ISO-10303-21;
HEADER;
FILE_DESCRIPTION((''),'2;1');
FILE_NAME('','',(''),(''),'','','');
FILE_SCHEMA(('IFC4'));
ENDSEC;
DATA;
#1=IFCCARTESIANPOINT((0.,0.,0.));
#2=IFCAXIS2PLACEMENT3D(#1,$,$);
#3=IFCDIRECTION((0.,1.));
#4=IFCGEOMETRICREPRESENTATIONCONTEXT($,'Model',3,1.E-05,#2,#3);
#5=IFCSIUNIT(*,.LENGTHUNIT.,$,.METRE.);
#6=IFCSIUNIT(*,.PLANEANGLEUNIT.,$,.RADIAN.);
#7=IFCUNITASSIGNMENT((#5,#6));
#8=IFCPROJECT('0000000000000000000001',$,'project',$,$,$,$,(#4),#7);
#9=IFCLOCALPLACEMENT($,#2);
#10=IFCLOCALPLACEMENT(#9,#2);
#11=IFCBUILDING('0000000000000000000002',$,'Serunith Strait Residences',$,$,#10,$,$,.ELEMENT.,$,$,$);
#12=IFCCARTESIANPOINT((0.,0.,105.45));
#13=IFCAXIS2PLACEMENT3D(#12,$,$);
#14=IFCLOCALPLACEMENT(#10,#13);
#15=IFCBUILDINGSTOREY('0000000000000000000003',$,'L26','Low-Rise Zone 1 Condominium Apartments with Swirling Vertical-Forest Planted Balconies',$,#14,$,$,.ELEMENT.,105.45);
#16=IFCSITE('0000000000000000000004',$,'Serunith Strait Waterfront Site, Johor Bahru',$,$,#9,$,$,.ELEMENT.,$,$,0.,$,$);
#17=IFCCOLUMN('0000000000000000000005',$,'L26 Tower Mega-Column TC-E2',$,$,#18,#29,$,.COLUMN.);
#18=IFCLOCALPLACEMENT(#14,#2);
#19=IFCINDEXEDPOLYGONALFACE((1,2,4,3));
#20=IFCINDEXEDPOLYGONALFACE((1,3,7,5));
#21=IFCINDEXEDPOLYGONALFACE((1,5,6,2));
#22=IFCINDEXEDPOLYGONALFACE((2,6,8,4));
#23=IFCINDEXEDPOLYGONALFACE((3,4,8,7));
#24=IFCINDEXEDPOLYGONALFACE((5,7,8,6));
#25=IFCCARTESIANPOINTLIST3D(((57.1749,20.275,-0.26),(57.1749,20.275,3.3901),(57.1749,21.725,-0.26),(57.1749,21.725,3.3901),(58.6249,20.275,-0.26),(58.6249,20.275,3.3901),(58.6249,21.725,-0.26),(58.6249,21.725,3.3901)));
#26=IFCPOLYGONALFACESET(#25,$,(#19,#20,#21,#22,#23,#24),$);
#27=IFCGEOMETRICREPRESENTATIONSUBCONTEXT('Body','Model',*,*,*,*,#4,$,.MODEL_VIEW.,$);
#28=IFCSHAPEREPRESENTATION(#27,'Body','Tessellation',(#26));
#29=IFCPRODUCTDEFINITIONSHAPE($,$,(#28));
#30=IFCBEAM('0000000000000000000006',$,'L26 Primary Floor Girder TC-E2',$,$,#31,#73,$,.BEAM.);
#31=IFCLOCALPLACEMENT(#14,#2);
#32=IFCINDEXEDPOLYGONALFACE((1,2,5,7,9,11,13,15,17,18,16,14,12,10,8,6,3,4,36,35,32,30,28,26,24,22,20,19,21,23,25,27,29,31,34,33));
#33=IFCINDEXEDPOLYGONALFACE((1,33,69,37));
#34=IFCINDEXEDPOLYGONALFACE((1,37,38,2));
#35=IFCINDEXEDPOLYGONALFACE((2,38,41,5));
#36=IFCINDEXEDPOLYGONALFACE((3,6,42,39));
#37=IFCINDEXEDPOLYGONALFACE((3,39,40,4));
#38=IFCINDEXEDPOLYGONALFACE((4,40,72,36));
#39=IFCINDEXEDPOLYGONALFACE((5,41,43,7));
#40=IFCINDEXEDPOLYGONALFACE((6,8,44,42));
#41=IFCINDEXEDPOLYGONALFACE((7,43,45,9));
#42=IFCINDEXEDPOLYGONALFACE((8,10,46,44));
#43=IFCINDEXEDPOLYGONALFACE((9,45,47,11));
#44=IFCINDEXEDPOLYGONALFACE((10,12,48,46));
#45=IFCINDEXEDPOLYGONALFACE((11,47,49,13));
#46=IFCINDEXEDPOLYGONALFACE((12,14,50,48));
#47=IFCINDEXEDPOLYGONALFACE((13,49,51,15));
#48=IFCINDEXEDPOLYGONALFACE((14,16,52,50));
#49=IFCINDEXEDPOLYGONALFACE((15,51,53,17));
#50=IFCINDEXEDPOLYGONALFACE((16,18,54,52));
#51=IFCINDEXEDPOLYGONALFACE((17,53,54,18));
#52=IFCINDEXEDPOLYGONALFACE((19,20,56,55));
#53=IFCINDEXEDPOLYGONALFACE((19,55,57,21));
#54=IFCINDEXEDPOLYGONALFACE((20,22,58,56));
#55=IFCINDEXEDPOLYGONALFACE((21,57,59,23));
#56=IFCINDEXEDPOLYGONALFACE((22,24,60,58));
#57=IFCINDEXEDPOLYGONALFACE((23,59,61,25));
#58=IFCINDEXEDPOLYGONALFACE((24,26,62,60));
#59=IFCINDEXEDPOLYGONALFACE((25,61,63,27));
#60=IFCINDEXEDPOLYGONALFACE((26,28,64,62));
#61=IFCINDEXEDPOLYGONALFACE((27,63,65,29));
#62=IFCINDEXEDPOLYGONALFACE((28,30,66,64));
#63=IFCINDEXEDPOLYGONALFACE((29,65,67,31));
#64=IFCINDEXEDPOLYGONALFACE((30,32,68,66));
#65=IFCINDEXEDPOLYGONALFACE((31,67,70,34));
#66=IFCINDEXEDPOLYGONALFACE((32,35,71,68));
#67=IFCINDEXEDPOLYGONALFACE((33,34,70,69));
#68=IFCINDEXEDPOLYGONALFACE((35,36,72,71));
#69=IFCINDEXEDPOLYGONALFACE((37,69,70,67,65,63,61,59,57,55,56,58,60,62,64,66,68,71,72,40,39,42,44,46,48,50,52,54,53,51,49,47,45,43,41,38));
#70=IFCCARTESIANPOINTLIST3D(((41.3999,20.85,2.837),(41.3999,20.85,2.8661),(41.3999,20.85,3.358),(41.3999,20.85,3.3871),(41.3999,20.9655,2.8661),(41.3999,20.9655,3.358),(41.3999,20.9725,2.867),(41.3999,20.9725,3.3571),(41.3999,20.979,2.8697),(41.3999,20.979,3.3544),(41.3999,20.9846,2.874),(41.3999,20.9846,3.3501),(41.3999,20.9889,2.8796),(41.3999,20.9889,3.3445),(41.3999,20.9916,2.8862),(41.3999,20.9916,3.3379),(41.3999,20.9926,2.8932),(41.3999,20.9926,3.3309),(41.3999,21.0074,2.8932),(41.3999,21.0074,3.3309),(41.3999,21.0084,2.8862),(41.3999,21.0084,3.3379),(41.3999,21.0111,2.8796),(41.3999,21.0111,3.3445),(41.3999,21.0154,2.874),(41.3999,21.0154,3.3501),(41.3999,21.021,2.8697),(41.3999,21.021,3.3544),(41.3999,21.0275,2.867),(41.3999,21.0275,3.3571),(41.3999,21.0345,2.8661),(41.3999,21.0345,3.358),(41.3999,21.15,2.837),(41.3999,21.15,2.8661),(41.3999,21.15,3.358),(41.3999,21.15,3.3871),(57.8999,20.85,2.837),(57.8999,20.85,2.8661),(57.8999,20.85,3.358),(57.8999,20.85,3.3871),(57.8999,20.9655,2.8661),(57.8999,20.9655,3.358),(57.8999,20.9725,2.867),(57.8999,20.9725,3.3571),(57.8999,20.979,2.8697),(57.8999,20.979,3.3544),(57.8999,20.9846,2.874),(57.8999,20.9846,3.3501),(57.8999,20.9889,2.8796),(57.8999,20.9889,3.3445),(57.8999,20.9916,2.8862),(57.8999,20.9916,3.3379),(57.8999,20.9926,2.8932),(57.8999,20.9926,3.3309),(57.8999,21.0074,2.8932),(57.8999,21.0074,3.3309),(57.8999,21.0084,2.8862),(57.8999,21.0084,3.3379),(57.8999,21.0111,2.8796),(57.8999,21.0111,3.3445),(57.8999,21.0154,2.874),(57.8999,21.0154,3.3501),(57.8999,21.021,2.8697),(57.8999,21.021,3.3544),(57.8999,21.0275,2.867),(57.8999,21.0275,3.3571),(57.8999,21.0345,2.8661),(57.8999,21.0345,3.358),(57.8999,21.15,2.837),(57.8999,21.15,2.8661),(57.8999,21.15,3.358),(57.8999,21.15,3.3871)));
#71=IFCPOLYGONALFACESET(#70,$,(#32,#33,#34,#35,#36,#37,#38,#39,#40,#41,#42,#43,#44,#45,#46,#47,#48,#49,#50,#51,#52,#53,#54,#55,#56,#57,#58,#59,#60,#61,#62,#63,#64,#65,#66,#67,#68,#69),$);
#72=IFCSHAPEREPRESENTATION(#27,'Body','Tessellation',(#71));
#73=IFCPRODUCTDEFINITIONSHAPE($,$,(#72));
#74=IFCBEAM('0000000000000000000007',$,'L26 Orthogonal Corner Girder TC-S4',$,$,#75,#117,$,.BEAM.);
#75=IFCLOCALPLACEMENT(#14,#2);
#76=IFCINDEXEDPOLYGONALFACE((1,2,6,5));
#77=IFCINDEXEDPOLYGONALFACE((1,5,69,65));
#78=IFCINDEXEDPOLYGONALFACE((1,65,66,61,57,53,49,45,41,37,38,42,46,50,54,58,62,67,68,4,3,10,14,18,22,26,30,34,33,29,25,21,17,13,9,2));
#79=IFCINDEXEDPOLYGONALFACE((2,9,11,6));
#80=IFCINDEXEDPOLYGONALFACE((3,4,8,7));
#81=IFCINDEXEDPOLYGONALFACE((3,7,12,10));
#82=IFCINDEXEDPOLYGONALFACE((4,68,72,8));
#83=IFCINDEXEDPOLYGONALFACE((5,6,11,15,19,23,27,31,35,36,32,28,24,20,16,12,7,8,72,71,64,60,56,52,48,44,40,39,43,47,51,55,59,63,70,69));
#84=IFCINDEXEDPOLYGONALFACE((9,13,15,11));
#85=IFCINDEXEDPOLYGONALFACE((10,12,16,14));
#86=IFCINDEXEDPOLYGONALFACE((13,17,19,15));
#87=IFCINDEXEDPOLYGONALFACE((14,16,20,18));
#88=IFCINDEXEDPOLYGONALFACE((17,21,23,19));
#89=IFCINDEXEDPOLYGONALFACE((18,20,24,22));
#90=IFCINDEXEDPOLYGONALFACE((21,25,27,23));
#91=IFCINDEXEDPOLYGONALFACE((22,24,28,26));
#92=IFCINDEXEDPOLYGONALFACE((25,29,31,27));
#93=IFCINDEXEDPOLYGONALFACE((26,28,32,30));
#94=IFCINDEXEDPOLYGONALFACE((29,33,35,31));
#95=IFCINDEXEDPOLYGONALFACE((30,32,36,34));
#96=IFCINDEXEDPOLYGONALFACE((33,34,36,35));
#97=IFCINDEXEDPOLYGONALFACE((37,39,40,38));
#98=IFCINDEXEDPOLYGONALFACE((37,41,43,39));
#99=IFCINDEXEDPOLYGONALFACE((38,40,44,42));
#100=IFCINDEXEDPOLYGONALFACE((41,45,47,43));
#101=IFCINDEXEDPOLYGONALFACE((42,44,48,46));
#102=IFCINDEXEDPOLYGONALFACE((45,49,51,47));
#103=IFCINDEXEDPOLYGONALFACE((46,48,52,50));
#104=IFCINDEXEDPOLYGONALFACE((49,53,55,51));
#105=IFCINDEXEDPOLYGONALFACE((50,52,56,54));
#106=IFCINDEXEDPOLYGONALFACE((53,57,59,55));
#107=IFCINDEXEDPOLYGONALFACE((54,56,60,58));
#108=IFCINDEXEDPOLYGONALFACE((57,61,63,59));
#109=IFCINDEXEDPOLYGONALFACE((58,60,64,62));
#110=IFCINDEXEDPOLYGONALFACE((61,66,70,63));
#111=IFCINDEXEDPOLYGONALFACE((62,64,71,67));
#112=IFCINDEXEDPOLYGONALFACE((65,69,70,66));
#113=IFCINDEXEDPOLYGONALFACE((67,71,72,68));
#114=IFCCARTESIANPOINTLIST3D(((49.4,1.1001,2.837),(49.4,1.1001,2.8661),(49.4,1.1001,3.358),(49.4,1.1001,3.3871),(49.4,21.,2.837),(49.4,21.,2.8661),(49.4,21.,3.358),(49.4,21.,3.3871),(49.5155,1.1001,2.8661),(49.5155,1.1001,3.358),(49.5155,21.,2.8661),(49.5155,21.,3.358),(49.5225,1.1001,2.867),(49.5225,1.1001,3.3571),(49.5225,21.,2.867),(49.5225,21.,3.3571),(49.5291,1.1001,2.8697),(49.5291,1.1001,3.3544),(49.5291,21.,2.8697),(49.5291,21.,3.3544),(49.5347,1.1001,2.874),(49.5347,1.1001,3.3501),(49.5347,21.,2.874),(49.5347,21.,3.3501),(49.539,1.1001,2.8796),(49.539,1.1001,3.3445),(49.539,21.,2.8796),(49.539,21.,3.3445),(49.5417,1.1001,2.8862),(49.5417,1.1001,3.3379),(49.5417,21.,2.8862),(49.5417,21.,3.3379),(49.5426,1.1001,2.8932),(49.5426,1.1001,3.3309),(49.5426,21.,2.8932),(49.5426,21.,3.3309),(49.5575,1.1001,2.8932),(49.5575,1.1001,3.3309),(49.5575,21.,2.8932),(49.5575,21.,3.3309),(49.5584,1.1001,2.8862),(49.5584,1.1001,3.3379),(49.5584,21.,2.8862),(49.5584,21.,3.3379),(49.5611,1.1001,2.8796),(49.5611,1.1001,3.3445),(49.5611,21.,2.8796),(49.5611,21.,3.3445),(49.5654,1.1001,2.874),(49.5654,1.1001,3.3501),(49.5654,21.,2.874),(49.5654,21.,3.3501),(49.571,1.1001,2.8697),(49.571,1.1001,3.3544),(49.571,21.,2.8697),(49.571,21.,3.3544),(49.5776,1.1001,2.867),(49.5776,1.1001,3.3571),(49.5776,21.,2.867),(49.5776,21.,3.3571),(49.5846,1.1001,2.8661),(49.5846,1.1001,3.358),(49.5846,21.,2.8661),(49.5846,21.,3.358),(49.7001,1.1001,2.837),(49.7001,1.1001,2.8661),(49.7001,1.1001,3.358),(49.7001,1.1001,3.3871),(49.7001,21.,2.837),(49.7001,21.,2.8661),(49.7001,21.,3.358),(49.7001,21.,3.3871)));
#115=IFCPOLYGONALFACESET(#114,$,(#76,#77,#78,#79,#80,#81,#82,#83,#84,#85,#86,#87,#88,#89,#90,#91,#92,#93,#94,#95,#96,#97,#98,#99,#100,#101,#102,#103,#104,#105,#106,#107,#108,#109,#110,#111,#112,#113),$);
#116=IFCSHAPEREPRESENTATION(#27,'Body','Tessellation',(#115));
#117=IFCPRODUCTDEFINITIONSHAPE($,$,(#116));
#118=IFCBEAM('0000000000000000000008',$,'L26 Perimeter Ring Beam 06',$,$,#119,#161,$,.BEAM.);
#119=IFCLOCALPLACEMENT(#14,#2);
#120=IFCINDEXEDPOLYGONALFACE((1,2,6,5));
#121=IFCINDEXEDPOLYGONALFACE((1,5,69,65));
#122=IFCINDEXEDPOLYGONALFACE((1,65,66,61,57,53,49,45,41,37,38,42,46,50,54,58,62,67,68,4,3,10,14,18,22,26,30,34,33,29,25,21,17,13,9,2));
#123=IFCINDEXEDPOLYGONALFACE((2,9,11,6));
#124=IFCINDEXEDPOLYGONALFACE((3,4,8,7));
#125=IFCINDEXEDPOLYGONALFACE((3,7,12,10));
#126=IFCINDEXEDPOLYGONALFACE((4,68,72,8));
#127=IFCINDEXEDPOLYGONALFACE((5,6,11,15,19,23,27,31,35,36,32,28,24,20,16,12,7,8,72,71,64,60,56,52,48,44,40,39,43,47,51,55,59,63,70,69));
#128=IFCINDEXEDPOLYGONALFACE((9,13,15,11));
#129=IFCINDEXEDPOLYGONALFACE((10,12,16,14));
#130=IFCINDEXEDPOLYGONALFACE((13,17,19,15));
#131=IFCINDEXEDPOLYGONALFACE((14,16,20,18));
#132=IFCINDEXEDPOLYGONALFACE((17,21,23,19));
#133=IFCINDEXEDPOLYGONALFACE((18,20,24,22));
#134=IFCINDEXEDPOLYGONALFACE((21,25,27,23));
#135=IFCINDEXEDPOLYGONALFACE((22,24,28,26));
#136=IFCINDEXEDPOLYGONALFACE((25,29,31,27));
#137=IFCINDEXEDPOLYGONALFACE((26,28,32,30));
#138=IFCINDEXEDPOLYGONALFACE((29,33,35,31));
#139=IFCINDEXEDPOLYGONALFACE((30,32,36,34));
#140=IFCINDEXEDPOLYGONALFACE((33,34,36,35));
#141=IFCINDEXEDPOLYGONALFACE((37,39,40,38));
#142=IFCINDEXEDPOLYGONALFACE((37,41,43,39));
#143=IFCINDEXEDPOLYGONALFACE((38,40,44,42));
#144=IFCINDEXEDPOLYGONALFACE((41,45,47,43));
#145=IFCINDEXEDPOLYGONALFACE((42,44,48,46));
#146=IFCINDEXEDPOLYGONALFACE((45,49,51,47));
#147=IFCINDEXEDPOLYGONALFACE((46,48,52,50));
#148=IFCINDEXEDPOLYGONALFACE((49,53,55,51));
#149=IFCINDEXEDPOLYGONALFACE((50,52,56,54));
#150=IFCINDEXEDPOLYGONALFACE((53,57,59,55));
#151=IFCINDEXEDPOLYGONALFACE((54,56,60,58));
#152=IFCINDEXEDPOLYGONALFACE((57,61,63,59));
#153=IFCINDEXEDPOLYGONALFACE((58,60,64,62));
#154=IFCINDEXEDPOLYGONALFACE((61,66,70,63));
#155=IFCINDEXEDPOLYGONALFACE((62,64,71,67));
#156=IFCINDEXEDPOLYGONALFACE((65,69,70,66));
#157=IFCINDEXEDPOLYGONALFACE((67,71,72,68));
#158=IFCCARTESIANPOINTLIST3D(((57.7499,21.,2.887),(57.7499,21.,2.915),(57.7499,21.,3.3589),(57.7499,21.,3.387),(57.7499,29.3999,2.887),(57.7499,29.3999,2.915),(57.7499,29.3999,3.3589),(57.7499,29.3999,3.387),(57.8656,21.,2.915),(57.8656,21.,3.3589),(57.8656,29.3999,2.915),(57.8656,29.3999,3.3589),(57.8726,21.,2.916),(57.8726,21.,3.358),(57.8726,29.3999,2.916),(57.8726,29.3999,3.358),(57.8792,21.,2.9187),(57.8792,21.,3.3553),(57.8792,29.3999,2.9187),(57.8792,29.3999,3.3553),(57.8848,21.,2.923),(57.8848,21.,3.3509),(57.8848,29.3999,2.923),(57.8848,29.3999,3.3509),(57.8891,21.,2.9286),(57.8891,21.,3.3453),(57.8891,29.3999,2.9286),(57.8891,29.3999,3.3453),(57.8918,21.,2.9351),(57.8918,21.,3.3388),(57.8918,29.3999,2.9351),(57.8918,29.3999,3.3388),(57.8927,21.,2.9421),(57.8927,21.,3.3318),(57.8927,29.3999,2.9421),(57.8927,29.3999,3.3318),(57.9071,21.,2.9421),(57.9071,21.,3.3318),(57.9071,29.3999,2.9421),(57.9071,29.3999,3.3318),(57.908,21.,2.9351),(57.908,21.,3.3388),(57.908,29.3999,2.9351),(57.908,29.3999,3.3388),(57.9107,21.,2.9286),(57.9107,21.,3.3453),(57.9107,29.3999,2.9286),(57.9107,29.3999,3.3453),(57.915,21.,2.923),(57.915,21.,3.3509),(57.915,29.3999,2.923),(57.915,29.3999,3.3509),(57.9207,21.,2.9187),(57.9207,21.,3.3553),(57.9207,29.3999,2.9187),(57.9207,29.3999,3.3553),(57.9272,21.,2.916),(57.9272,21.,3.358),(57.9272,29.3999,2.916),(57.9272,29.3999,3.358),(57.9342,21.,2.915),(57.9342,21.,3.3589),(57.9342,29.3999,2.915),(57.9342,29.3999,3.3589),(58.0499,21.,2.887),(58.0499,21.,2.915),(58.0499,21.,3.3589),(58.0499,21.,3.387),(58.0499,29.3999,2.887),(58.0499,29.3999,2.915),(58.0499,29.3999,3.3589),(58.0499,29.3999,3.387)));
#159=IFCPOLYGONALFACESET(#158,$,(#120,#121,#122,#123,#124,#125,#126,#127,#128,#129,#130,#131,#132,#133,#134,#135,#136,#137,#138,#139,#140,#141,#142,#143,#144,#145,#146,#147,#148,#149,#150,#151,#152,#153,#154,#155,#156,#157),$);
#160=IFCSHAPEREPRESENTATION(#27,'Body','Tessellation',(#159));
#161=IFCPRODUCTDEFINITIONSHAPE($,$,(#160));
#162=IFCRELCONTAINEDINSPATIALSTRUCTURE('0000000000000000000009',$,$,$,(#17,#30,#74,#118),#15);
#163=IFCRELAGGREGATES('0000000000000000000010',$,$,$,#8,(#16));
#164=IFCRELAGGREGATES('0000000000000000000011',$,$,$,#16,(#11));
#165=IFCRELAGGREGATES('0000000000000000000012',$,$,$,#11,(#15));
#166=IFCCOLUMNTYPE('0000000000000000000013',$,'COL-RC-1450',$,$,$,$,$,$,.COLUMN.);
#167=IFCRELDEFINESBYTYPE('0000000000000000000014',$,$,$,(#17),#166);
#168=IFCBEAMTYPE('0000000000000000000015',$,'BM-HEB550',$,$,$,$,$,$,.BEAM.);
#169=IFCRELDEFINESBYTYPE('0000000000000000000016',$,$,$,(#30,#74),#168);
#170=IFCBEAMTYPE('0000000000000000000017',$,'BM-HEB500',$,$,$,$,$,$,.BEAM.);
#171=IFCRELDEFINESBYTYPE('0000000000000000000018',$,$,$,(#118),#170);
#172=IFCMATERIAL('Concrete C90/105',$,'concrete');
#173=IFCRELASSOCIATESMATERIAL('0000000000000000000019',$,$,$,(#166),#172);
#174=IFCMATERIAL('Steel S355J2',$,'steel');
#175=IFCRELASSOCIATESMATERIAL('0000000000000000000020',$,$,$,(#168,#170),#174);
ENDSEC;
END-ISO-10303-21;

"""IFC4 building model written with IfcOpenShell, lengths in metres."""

from ifc_helpers import new_model, si_unit, direction, frame, origin, origin_2d, place, context, subcontext, project, spatial, rectangle, i_section, extrude, source, transform, mapped, material, material_profile, profile_set, type_object, element, save


model = new_model("IFC4")

# Units and contexts
model_context = context("Model", 3, precision=1e-05, world=origin(), true_north=direction((0.0, 1.0)))
body_context = subcontext(model_context, "Body", "Model", "MODEL_VIEW")
ifc_project = project(units=[si_unit("LENGTHUNIT", "METRE"), si_unit("PLANEANGLEUNIT", "RADIAN")], contexts=[model_context])

# Site, building, storey
site_placement = place(None, origin())
site = spatial("IfcSite", under=ifc_project, at=site_placement, Name="Serunith Strait Waterfront Site, Johor Bahru", CompositionType="ELEMENT", RefElevation=0.0)
building_placement = place(site_placement, origin())
building = spatial("IfcBuilding", under=site, at=building_placement, Name="Serunith Strait Residences", CompositionType="ELEMENT")
storey_placement = place(building_placement, frame((0.0, 0.0, 105.45)))
storey = spatial("IfcBuildingStorey", under=building, at=storey_placement, Name="L26", Description="Low-Rise Zone 1 Condominium Apartments with Swirling Vertical-Forest Planted Balconies", CompositionType="ELEMENT", Elevation=105.45)

# Column
ifc_material_1 = material(Name="Concrete C90/105", Category="concrete")
ifc_material_profile_1 = material_profile(ifc_material_1, rectangle(XDim=1.45, YDim=1.45, at=origin_2d()), Name="RC 1450x1450")
ifc_profile_set_1 = profile_set([ifc_material_profile_1], Name="Concrete C90/105")
column_type = type_object("IfcColumnType", Name="COL-RC-1450", PredefinedType="COLUMN", material=ifc_profile_set_1)
shared_shape_1 = source(origin(), body_context, "Body", "SweptSolid", [
    extrude(rectangle(XDim=1.45, YDim=1.45, at=origin_2d()), origin(), (0.0, 0.0, 1.0), 3.6501),
])
column_placement = place(storey_placement, frame((57.8999, 21.0, -0.26), z_axis=(0.0, 0.0, 1.0), x_axis=(1.0, 0.0, 0.0)))
element("IfcColumn", 1, at=column_placement, inside=storey, type_object=column_type, Name="L26 Tower Mega-Column TC-E2", PredefinedType="COLUMN", context=body_context, shape_type="MappedRepresentation", body=[
    mapped(shared_shape_1, transform((0.0, 0.0, 0.0), scale=1.0)),
])

# Beams
ifc_material_2 = material(Name="Steel S355J2", Category="steel")
ifc_material_profile_2 = material_profile(ifc_material_2, i_section(OverallWidth=0.3, OverallDepth=0.55, WebThickness=0.0149, FlangeThickness=0.0291, FilletRadius=0.0271, at=origin_2d()), Name="HEB 550")
ifc_profile_set_2 = profile_set([ifc_material_profile_2], Name="Steel S355J2")
beam_type_1 = type_object("IfcBeamType", Name="BM-HEB550", PredefinedType="BEAM", material=ifc_profile_set_2)
shared_shape_2 = source(origin(), body_context, "Body", "SweptSolid", [
    extrude(i_section(OverallWidth=0.3, OverallDepth=0.55, WebThickness=0.0149, FlangeThickness=0.0291, FilletRadius=0.0271, at=origin_2d()), origin(), (0.0, 0.0, 1.0), 16.5),
])
beam_1_placement = place(storey_placement, frame((41.3999, 21.0, 3.1121), z_axis=(1.0, 0.0, 0.0), x_axis=(0.0, 1.0, 0.0)))
element("IfcBeam", 2, at=beam_1_placement, inside=storey, type_object=beam_type_1, Name="L26 Primary Floor Girder TC-E2", PredefinedType="BEAM", context=body_context, shape_type="MappedRepresentation", body=[
    mapped(shared_shape_2, transform((0.0, 0.0, 0.0), scale=1.0)),
])
shared_shape_3 = source(origin(), body_context, "Body", "SweptSolid", [
    extrude(i_section(OverallWidth=0.3, OverallDepth=0.55, WebThickness=0.0149, FlangeThickness=0.0291, FilletRadius=0.0271, at=origin_2d()), origin(), (0.0, 0.0, 1.0), 19.8999),
])
beam_2_placement = place(storey_placement, frame((49.55, 21.0, 3.1121), z_axis=(0.0, -1.0, 0.0), x_axis=(1.0, 0.0, 0.0)))
element("IfcBeam", 3, at=beam_2_placement, inside=storey, type_object=beam_type_1, Name="L26 Orthogonal Corner Girder TC-S4", PredefinedType="BEAM", context=body_context, shape_type="MappedRepresentation", body=[
    mapped(shared_shape_3, transform((0.0, 0.0, 0.0), scale=1.0)),
])
ifc_material_profile_3 = material_profile(ifc_material_2, i_section(OverallWidth=0.3, OverallDepth=0.5, WebThickness=0.0144, FlangeThickness=0.0281, FilletRadius=0.0271, at=origin_2d()), Name="HEB 500")
ifc_profile_set_3 = profile_set([ifc_material_profile_3], Name="Steel S355J2")
beam_type_2 = type_object("IfcBeamType", Name="BM-HEB500", PredefinedType="BEAM", material=ifc_profile_set_3)
shared_shape_4 = source(origin(), body_context, "Body", "SweptSolid", [
    extrude(i_section(OverallWidth=0.3, OverallDepth=0.5, WebThickness=0.0144, FlangeThickness=0.0281, FilletRadius=0.0271, at=origin_2d()), origin(), (0.0, 0.0, 1.0), 8.3999),
])
beam_3_placement = place(storey_placement, frame((57.8999, 21.0, 3.137), z_axis=(0.0, 1.0, 0.0), x_axis=(-1.0, 0.0, 0.0)))
element("IfcBeam", 4, at=beam_3_placement, inside=storey, type_object=beam_type_2, Name="L26 Perimeter Ring Beam 06", PredefinedType="BEAM", context=body_context, shape_type="MappedRepresentation", body=[
    mapped(shared_shape_4, transform((0.0, 0.0, 0.0), scale=1.0)),
])

save(model, "model.ifc")
